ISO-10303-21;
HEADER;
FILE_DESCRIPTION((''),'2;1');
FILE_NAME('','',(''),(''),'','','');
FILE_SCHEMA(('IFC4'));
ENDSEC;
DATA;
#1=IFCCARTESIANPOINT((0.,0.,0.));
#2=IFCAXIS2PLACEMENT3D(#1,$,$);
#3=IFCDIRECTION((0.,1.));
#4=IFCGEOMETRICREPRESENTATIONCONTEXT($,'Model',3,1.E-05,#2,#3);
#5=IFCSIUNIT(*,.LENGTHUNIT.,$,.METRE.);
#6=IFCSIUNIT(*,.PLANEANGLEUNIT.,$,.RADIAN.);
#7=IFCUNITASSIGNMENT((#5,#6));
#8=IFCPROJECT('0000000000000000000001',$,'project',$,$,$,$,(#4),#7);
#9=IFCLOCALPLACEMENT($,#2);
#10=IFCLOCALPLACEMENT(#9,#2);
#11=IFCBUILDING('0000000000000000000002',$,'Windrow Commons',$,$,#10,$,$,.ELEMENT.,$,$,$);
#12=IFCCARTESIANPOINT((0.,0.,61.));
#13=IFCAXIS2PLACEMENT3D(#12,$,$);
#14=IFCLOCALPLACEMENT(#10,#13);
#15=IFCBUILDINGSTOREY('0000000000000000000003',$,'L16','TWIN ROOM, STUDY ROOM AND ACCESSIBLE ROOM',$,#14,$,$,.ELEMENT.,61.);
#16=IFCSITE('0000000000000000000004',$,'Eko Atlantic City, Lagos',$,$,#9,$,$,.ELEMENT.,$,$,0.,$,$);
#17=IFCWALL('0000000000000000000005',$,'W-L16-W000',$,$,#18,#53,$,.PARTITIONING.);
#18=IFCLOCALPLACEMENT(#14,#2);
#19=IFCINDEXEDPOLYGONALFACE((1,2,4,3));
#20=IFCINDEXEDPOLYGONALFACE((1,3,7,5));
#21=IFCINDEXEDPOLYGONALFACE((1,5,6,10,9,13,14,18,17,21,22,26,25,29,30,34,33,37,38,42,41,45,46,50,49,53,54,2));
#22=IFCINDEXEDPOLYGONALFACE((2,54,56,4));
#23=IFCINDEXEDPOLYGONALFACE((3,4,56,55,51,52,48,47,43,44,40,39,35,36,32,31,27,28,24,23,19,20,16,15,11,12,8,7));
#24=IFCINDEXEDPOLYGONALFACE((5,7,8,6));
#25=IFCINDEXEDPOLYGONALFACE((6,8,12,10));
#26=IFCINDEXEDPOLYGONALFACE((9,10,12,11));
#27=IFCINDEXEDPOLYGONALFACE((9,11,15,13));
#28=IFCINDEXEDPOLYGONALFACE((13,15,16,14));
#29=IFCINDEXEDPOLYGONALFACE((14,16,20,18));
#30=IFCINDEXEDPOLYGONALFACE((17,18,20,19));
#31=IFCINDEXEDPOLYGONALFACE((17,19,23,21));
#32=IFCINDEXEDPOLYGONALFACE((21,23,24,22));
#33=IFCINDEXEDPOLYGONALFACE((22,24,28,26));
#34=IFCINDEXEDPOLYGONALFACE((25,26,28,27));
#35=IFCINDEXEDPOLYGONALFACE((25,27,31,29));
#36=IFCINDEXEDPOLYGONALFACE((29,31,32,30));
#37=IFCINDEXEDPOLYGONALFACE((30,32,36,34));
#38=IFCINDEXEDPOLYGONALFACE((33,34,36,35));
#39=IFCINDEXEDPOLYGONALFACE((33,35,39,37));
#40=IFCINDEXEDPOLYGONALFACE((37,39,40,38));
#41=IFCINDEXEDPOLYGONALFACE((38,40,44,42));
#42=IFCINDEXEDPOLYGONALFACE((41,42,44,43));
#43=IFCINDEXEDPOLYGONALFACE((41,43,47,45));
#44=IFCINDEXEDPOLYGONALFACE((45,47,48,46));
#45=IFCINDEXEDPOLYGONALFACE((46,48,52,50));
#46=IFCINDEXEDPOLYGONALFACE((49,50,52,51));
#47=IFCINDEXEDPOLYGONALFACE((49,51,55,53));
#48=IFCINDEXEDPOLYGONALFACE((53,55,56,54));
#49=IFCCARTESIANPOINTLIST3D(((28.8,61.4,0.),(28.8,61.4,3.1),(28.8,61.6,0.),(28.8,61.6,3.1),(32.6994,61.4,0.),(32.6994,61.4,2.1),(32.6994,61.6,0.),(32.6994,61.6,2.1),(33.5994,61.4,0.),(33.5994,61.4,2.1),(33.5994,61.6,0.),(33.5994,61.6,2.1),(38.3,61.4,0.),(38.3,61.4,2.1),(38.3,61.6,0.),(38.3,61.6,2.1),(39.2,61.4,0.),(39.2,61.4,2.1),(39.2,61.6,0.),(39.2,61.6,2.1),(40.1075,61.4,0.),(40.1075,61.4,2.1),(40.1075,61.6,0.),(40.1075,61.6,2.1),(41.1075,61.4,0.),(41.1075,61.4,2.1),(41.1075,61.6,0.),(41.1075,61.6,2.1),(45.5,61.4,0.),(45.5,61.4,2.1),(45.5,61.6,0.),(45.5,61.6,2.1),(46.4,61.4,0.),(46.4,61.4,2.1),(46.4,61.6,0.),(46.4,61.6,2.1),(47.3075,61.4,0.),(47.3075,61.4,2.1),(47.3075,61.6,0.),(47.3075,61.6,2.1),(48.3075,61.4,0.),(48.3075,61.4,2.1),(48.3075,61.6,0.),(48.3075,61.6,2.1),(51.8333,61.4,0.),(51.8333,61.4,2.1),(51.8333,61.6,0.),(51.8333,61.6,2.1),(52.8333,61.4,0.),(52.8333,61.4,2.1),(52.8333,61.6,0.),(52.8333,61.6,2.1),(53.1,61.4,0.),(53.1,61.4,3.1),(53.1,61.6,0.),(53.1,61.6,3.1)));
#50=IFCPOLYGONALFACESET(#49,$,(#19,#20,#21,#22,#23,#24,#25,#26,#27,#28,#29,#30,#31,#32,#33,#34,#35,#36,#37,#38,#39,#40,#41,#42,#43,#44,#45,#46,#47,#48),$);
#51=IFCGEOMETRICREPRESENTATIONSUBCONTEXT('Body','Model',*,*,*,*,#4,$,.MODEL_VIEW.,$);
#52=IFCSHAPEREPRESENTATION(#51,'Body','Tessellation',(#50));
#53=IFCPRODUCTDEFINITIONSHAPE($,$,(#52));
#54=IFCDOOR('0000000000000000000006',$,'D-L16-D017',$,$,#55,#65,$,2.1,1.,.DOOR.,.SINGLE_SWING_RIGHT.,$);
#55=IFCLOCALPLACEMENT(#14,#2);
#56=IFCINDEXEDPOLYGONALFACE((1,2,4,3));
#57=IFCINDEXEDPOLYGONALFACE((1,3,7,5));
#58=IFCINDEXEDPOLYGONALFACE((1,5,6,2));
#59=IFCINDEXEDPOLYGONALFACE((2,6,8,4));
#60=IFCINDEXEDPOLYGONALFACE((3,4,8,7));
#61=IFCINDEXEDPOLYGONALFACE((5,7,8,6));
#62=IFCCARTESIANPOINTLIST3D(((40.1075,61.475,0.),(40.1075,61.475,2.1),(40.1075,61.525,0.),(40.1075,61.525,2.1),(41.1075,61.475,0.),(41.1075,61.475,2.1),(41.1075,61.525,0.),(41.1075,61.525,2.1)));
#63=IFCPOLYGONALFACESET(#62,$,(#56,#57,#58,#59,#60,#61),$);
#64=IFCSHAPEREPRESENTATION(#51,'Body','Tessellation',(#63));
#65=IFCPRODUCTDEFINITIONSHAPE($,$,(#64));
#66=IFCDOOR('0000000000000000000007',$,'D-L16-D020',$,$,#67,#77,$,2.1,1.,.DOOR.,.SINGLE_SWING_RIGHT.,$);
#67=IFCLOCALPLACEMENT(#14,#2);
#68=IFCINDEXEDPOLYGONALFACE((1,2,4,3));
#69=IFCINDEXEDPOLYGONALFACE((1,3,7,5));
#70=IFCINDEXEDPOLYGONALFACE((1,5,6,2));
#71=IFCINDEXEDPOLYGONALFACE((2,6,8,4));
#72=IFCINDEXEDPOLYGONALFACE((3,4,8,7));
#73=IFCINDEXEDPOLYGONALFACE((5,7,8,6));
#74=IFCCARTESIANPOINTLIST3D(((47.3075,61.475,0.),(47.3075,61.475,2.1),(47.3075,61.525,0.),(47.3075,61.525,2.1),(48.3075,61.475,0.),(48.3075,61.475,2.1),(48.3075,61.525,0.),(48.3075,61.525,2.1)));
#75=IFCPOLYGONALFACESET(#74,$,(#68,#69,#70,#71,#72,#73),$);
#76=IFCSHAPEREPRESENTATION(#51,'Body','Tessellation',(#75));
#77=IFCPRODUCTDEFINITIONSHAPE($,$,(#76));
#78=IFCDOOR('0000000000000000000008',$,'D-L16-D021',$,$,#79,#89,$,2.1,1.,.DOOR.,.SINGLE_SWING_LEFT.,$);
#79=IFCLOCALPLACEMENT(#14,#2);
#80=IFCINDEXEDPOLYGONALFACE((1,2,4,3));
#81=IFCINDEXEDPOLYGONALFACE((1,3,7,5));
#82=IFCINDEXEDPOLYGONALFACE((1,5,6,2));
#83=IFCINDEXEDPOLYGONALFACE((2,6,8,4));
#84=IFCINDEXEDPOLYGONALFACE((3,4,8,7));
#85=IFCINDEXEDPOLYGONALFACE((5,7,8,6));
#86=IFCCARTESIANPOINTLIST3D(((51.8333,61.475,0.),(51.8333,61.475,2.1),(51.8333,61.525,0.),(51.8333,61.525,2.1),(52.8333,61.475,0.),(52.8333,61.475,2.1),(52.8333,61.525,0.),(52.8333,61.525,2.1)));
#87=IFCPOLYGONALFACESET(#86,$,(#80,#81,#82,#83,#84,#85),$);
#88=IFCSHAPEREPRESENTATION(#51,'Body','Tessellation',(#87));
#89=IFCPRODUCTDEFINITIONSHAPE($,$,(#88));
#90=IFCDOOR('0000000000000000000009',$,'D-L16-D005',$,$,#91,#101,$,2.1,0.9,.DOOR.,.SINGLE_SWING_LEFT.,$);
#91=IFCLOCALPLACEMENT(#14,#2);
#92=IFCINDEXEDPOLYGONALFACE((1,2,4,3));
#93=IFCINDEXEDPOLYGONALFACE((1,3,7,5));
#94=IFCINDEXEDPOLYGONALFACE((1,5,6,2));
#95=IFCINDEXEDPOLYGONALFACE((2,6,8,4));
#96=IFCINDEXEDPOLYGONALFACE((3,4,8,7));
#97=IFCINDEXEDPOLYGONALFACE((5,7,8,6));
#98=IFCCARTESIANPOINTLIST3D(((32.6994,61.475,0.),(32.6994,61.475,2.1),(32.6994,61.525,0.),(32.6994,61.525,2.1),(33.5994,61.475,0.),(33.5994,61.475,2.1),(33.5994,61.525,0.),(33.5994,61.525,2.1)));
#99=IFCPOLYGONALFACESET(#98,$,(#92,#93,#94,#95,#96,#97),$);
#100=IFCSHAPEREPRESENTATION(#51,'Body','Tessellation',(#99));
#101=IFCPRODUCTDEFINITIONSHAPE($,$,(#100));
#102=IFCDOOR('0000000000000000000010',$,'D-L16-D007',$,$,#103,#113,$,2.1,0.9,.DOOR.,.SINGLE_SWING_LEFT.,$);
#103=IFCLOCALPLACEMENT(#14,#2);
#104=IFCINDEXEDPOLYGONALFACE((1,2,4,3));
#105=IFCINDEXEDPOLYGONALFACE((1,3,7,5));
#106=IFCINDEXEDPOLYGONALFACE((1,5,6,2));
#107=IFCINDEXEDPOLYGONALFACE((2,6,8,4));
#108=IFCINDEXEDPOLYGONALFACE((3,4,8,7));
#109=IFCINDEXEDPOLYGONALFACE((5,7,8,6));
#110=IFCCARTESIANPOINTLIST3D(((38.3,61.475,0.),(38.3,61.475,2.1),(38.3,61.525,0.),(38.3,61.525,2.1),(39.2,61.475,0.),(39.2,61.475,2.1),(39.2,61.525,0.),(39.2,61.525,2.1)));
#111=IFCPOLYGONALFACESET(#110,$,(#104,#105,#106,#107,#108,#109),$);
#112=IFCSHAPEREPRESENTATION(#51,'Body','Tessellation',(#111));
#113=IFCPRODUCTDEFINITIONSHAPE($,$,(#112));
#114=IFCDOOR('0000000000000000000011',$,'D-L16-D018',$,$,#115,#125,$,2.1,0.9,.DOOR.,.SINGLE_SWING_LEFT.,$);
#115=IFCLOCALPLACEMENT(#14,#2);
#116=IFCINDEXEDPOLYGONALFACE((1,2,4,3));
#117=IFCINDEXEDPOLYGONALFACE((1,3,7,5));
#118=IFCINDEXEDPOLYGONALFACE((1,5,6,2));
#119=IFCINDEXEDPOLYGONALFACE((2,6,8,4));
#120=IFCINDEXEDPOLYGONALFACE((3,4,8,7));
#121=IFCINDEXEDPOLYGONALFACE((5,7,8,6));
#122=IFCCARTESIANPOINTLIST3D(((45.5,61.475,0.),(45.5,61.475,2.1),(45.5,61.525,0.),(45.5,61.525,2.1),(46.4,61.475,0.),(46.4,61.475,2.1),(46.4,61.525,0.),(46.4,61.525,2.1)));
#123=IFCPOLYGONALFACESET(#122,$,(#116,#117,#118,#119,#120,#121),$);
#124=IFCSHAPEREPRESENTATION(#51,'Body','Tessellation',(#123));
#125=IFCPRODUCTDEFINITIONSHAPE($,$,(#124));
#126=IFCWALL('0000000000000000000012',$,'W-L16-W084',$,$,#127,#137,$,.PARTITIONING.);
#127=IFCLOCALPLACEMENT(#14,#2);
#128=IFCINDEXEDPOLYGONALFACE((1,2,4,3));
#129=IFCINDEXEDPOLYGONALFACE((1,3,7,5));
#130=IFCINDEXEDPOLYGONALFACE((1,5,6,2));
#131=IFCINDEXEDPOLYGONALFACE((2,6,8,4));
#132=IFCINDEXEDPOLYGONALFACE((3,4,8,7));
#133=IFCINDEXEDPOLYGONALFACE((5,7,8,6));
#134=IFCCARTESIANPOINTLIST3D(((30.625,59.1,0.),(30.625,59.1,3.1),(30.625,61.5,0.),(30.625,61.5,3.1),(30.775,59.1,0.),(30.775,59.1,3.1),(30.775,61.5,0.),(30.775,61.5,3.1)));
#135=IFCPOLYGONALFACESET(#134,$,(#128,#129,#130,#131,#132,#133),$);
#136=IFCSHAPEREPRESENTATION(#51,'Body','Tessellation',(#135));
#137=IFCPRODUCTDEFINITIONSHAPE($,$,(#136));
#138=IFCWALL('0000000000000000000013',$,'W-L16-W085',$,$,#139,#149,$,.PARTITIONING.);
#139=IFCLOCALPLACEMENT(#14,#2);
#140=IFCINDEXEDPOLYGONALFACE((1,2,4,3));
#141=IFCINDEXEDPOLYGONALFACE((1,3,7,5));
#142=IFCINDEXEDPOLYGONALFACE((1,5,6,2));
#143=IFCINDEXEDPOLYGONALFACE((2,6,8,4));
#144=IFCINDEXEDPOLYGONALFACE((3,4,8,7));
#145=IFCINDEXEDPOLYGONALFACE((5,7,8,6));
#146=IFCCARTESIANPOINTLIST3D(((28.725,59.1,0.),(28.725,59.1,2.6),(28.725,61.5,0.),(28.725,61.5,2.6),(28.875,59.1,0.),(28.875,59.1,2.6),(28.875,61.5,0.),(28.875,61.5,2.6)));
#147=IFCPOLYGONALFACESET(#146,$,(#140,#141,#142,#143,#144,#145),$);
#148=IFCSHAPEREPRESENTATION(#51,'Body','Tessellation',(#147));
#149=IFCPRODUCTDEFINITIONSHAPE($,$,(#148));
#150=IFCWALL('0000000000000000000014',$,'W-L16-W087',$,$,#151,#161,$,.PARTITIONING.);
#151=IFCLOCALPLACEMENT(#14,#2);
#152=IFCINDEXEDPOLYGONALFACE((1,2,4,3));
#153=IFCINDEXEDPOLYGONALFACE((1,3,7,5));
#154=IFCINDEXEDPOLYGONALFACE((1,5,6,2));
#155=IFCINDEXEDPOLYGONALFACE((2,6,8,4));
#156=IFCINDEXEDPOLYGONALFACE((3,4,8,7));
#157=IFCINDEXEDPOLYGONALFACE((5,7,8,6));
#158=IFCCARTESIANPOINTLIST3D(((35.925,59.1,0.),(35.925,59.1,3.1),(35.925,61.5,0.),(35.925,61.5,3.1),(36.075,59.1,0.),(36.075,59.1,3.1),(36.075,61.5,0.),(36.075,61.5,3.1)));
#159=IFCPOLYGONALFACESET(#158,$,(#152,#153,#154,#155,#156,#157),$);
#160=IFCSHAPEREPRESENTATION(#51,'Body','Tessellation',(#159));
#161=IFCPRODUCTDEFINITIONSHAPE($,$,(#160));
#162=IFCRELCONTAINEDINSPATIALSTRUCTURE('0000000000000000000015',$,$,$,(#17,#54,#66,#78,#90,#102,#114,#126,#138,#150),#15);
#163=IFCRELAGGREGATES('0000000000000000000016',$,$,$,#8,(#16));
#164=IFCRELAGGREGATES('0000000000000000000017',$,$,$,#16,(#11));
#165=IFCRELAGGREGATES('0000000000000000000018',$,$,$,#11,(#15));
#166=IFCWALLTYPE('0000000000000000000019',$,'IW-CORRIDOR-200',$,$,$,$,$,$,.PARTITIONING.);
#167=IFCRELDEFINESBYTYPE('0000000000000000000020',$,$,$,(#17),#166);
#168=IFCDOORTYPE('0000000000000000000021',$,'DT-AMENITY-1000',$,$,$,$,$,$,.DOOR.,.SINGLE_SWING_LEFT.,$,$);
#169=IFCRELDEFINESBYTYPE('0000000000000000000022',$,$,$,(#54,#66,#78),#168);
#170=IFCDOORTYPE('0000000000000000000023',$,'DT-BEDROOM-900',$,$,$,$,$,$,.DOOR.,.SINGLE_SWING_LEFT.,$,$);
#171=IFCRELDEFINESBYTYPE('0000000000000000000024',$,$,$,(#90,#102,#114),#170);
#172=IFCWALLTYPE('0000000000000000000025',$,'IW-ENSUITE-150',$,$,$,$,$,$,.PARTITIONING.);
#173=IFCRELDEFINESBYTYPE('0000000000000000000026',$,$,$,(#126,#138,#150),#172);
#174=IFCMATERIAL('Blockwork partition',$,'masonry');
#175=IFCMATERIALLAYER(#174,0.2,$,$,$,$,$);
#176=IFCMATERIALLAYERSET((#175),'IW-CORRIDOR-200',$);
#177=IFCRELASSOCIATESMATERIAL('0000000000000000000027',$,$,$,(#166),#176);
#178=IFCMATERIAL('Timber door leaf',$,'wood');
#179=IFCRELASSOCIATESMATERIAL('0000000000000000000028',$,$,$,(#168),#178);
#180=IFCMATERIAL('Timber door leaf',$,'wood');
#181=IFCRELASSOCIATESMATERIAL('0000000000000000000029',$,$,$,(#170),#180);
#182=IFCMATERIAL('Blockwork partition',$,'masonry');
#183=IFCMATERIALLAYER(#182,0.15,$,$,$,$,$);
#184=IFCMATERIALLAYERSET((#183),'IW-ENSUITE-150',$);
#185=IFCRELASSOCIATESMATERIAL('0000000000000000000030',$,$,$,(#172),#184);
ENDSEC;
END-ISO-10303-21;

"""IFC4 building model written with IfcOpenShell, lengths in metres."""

from ifc_helpers import new_model, si_unit, direction, frame, frame_2d, origin, place, context, subcontext, project, spatial, rectangle, extrude, material, layer, layer_set, type_object, element, fill, save


model = new_model("IFC4")

# Units and contexts
model_context = context("Model", 3, precision=1e-05, world=origin(), true_north=direction((0.0, 1.0)))
body_context = subcontext(model_context, "Body", "Model", "MODEL_VIEW")
ifc_project = project(units=[si_unit("LENGTHUNIT", "METRE"), si_unit("PLANEANGLEUNIT", "RADIAN")], contexts=[model_context])

# Site, building, storey
site_placement = place(None, origin())
site = spatial("IfcSite", under=ifc_project, at=site_placement, Name="Eko Atlantic City, Lagos", CompositionType="ELEMENT", RefElevation=0.0)
building_placement = place(site_placement, origin())
building = spatial("IfcBuilding", under=site, at=building_placement, Name="Windrow Commons", CompositionType="ELEMENT")
storey_placement = place(building_placement, frame((0.0, 0.0, 61.0)))
storey = spatial("IfcBuildingStorey", under=building, at=storey_placement, Name="L16", Description="TWIN ROOM, STUDY ROOM AND ACCESSIBLE ROOM", CompositionType="ELEMENT", Elevation=61.0)

# Wall, openings, doors
ifc_material_1 = material(Name="Blockwork partition", Category="masonry")
ifc_layer_1 = layer(ifc_material_1, 0.2)
ifc_layer_set_1 = layer_set([ifc_layer_1], Name="IW-CORRIDOR-200")
wall_type_1 = type_object("IfcWallType", Name="IW-CORRIDOR-200", PredefinedType="PARTITIONING", material=ifc_layer_set_1)
wall_1_placement = place(storey_placement, frame((28.8, 61.5, 0.0), z_axis=(0.0, 0.0, 1.0), x_axis=(1.0, 0.0, 0.0)))
wall_1 = element("IfcWall", 1, at=wall_1_placement, inside=storey, type_object=wall_type_1, Name="W-L16-W000", PredefinedType="PARTITIONING", context=body_context, shape_type="SweptSolid", body=[
    extrude(rectangle(XDim=24.3, YDim=0.2, at=frame_2d((12.15, 0.0))), origin(), (0.0, 0.0, 1.0), 3.1),
])
opening_1_placement = place(wall_1_placement, frame((3.8994, 0.0, 0.0)))
opening_1 = element("IfcOpeningElement", 2, at=opening_1_placement, cuts=wall_1, PredefinedType="OPENING", context=body_context, shape_type="SweptSolid", body=[
    extrude(rectangle(XDim=0.9, YDim=2.1, at=frame_2d((0.45, 1.05))), frame((0.0, 0.11, 0.0), z_axis=(0.0, -1.0, 0.0), x_axis=(1.0, 0.0, 0.0)), (0.0, 0.0, 1.0), 0.22),
])
opening_2_placement = place(wall_1_placement, frame((9.5, 0.0, 0.0)))
opening_2 = element("IfcOpeningElement", 3, at=opening_2_placement, cuts=wall_1, PredefinedType="OPENING", context=body_context, shape_type="SweptSolid", body=[
    extrude(rectangle(XDim=0.9, YDim=2.1, at=frame_2d((0.45, 1.05))), frame((0.0, 0.11, 0.0), z_axis=(0.0, -1.0, 0.0), x_axis=(1.0, 0.0, 0.0)), (0.0, 0.0, 1.0), 0.22),
])
opening_3_placement = place(wall_1_placement, frame((11.3075, 0.0, 0.0)))
opening_3 = element("IfcOpeningElement", 4, at=opening_3_placement, cuts=wall_1, PredefinedType="OPENING", context=body_context, shape_type="SweptSolid", body=[
    extrude(rectangle(XDim=1.0, YDim=2.1, at=frame_2d((0.5, 1.05))), frame((0.0, 0.11, 0.0), z_axis=(0.0, -1.0, 0.0), x_axis=(1.0, 0.0, 0.0)), (0.0, 0.0, 1.0), 0.22),
])
opening_4_placement = place(wall_1_placement, frame((16.7, 0.0, 0.0)))
opening_4 = element("IfcOpeningElement", 5, at=opening_4_placement, cuts=wall_1, PredefinedType="OPENING", context=body_context, shape_type="SweptSolid", body=[
    extrude(rectangle(XDim=0.9, YDim=2.1, at=frame_2d((0.45, 1.05))), frame((0.0, 0.11, 0.0), z_axis=(0.0, -1.0, 0.0), x_axis=(1.0, 0.0, 0.0)), (0.0, 0.0, 1.0), 0.22),
])
opening_5_placement = place(wall_1_placement, frame((18.5075, 0.0, 0.0)))
opening_5 = element("IfcOpeningElement", 6, at=opening_5_placement, cuts=wall_1, PredefinedType="OPENING", context=body_context, shape_type="SweptSolid", body=[
    extrude(rectangle(XDim=1.0, YDim=2.1, at=frame_2d((0.5, 1.05))), frame((0.0, 0.11, 0.0), z_axis=(0.0, -1.0, 0.0), x_axis=(1.0, 0.0, 0.0)), (0.0, 0.0, 1.0), 0.22),
])
opening_6_placement = place(wall_1_placement, frame((23.0333, 0.0, 0.0)))
opening_6 = element("IfcOpeningElement", 7, at=opening_6_placement, cuts=wall_1, PredefinedType="OPENING", context=body_context, shape_type="SweptSolid", body=[
    extrude(rectangle(XDim=1.0, YDim=2.1, at=frame_2d((0.5, 1.05))), frame((0.0, 0.11, 0.0), z_axis=(0.0, -1.0, 0.0), x_axis=(1.0, 0.0, 0.0)), (0.0, 0.0, 1.0), 0.22),
])
ifc_material_2 = material(Name="Timber door leaf", Category="wood")
door_type_1 = type_object("IfcDoorType", Name="DT-AMENITY-1000", OperationType="SINGLE_SWING_LEFT", PredefinedType="DOOR", material=ifc_material_2)
door_1_placement = place(opening_3_placement, origin())
door_1 = element("IfcDoor", 8, at=door_1_placement, inside=storey, type_object=door_type_1, Name="D-L16-D017", OperationType="SINGLE_SWING_RIGHT", OverallHeight=2.1, OverallWidth=1.0, PredefinedType="DOOR", context=body_context, shape_type="SweptSolid", body=[
    extrude(rectangle(XDim=1.0, YDim=2.1, at=frame_2d((0.5, 1.05))), frame((0.0, 0.025, 0.0), z_axis=(0.0, -1.0, 0.0), x_axis=(1.0, 0.0, 0.0)), (0.0, 0.0, 1.0), 0.05),
])
fill(opening_3, door_1)
door_2_placement = place(opening_5_placement, origin())
door_2 = element("IfcDoor", 9, at=door_2_placement, inside=storey, type_object=door_type_1, Name="D-L16-D020", OperationType="SINGLE_SWING_RIGHT", OverallHeight=2.1, OverallWidth=1.0, PredefinedType="DOOR", context=body_context, shape_type="SweptSolid", body=[
    extrude(rectangle(XDim=1.0, YDim=2.1, at=frame_2d((0.5, 1.05))), frame((0.0, 0.025, 0.0), z_axis=(0.0, -1.0, 0.0), x_axis=(1.0, 0.0, 0.0)), (0.0, 0.0, 1.0), 0.05),
])
fill(opening_5, door_2)
door_3_placement = place(opening_6_placement, origin())
door_3 = element("IfcDoor", 10, at=door_3_placement, inside=storey, type_object=door_type_1, Name="D-L16-D021", OperationType="SINGLE_SWING_LEFT", OverallHeight=2.1, OverallWidth=1.0, PredefinedType="DOOR", context=body_context, shape_type="SweptSolid", body=[
    extrude(rectangle(XDim=1.0, YDim=2.1, at=frame_2d((0.5, 1.05))), frame((0.0, 0.025, 0.0), z_axis=(0.0, -1.0, 0.0), x_axis=(1.0, 0.0, 0.0)), (0.0, 0.0, 1.0), 0.05),
])
fill(opening_6, door_3)
ifc_material_3 = material(Name="Timber door leaf", Category="wood")
door_type_2 = type_object("IfcDoorType", Name="DT-BEDROOM-900", OperationType="SINGLE_SWING_LEFT", PredefinedType="DOOR", material=ifc_material_3)
door_4_placement = place(opening_1_placement, origin())
door_4 = element("IfcDoor", 11, at=door_4_placement, inside=storey, type_object=door_type_2, Name="D-L16-D005", OperationType="SINGLE_SWING_LEFT", OverallHeight=2.1, OverallWidth=0.9, PredefinedType="DOOR", context=body_context, shape_type="SweptSolid", body=[
    extrude(rectangle(XDim=0.9, YDim=2.1, at=frame_2d((0.45, 1.05))), frame((0.0, 0.025, 0.0), z_axis=(0.0, -1.0, 0.0), x_axis=(1.0, 0.0, 0.0)), (0.0, 0.0, 1.0), 0.05),
])
fill(opening_1, door_4)
door_5_placement = place(opening_2_placement, origin())
door_5 = element("IfcDoor", 12, at=door_5_placement, inside=storey, type_object=door_type_2, Name="D-L16-D007", OperationType="SINGLE_SWING_LEFT", OverallHeight=2.1, OverallWidth=0.9, PredefinedType="DOOR", context=body_context, shape_type="SweptSolid", body=[
    extrude(rectangle(XDim=0.9, YDim=2.1, at=frame_2d((0.45, 1.05))), frame((0.0, 0.025, 0.0), z_axis=(0.0, -1.0, 0.0), x_axis=(1.0, 0.0, 0.0)), (0.0, 0.0, 1.0), 0.05),
])
fill(opening_2, door_5)
door_6_placement = place(opening_4_placement, origin())
door_6 = element("IfcDoor", 13, at=door_6_placement, inside=storey, type_object=door_type_2, Name="D-L16-D018", OperationType="SINGLE_SWING_LEFT", OverallHeight=2.1, OverallWidth=0.9, PredefinedType="DOOR", context=body_context, shape_type="SweptSolid", body=[
    extrude(rectangle(XDim=0.9, YDim=2.1, at=frame_2d((0.45, 1.05))), frame((0.0, 0.025, 0.0), z_axis=(0.0, -1.0, 0.0), x_axis=(1.0, 0.0, 0.0)), (0.0, 0.0, 1.0), 0.05),
])
fill(opening_4, door_6)

# Walls
ifc_material_4 = material(Name="Blockwork partition", Category="masonry")
ifc_layer_2 = layer(ifc_material_4, 0.15)
ifc_layer_set_2 = layer_set([ifc_layer_2], Name="IW-ENSUITE-150")
wall_type_2 = type_object("IfcWallType", Name="IW-ENSUITE-150", PredefinedType="PARTITIONING", material=ifc_layer_set_2)
wall_2_placement = place(storey_placement, frame((30.7, 59.1, 0.0), z_axis=(0.0, 0.0, 1.0), x_axis=(0.0, 1.0, 0.0)))
element("IfcWall", 14, at=wall_2_placement, inside=storey, type_object=wall_type_2, Name="W-L16-W084", PredefinedType="PARTITIONING", context=body_context, shape_type="SweptSolid", body=[
    extrude(rectangle(XDim=2.4, YDim=0.15, at=frame_2d((1.2, 0.0))), origin(), (0.0, 0.0, 1.0), 3.1),
])
wall_3_placement = place(storey_placement, frame((28.8, 59.1, 0.0), z_axis=(0.0, 0.0, 1.0), x_axis=(0.0, 1.0, 0.0)))
element("IfcWall", 15, at=wall_3_placement, inside=storey, type_object=wall_type_2, Name="W-L16-W085", PredefinedType="PARTITIONING", context=body_context, shape_type="SweptSolid", body=[
    extrude(rectangle(XDim=2.4, YDim=0.15, at=frame_2d((1.2, 0.0))), origin(), (0.0, 0.0, 1.0), 2.6),
])
wall_4_placement = place(storey_placement, frame((36.0, 59.1, 0.0), z_axis=(0.0, 0.0, 1.0), x_axis=(0.0, 1.0, 0.0)))
element("IfcWall", 16, at=wall_4_placement, inside=storey, type_object=wall_type_2, Name="W-L16-W087", PredefinedType="PARTITIONING", context=body_context, shape_type="SweptSolid", body=[
    extrude(rectangle(XDim=2.4, YDim=0.15, at=frame_2d((1.2, 0.0))), origin(), (0.0, 0.0, 1.0), 3.1),
])

save(model, "model.ifc")
